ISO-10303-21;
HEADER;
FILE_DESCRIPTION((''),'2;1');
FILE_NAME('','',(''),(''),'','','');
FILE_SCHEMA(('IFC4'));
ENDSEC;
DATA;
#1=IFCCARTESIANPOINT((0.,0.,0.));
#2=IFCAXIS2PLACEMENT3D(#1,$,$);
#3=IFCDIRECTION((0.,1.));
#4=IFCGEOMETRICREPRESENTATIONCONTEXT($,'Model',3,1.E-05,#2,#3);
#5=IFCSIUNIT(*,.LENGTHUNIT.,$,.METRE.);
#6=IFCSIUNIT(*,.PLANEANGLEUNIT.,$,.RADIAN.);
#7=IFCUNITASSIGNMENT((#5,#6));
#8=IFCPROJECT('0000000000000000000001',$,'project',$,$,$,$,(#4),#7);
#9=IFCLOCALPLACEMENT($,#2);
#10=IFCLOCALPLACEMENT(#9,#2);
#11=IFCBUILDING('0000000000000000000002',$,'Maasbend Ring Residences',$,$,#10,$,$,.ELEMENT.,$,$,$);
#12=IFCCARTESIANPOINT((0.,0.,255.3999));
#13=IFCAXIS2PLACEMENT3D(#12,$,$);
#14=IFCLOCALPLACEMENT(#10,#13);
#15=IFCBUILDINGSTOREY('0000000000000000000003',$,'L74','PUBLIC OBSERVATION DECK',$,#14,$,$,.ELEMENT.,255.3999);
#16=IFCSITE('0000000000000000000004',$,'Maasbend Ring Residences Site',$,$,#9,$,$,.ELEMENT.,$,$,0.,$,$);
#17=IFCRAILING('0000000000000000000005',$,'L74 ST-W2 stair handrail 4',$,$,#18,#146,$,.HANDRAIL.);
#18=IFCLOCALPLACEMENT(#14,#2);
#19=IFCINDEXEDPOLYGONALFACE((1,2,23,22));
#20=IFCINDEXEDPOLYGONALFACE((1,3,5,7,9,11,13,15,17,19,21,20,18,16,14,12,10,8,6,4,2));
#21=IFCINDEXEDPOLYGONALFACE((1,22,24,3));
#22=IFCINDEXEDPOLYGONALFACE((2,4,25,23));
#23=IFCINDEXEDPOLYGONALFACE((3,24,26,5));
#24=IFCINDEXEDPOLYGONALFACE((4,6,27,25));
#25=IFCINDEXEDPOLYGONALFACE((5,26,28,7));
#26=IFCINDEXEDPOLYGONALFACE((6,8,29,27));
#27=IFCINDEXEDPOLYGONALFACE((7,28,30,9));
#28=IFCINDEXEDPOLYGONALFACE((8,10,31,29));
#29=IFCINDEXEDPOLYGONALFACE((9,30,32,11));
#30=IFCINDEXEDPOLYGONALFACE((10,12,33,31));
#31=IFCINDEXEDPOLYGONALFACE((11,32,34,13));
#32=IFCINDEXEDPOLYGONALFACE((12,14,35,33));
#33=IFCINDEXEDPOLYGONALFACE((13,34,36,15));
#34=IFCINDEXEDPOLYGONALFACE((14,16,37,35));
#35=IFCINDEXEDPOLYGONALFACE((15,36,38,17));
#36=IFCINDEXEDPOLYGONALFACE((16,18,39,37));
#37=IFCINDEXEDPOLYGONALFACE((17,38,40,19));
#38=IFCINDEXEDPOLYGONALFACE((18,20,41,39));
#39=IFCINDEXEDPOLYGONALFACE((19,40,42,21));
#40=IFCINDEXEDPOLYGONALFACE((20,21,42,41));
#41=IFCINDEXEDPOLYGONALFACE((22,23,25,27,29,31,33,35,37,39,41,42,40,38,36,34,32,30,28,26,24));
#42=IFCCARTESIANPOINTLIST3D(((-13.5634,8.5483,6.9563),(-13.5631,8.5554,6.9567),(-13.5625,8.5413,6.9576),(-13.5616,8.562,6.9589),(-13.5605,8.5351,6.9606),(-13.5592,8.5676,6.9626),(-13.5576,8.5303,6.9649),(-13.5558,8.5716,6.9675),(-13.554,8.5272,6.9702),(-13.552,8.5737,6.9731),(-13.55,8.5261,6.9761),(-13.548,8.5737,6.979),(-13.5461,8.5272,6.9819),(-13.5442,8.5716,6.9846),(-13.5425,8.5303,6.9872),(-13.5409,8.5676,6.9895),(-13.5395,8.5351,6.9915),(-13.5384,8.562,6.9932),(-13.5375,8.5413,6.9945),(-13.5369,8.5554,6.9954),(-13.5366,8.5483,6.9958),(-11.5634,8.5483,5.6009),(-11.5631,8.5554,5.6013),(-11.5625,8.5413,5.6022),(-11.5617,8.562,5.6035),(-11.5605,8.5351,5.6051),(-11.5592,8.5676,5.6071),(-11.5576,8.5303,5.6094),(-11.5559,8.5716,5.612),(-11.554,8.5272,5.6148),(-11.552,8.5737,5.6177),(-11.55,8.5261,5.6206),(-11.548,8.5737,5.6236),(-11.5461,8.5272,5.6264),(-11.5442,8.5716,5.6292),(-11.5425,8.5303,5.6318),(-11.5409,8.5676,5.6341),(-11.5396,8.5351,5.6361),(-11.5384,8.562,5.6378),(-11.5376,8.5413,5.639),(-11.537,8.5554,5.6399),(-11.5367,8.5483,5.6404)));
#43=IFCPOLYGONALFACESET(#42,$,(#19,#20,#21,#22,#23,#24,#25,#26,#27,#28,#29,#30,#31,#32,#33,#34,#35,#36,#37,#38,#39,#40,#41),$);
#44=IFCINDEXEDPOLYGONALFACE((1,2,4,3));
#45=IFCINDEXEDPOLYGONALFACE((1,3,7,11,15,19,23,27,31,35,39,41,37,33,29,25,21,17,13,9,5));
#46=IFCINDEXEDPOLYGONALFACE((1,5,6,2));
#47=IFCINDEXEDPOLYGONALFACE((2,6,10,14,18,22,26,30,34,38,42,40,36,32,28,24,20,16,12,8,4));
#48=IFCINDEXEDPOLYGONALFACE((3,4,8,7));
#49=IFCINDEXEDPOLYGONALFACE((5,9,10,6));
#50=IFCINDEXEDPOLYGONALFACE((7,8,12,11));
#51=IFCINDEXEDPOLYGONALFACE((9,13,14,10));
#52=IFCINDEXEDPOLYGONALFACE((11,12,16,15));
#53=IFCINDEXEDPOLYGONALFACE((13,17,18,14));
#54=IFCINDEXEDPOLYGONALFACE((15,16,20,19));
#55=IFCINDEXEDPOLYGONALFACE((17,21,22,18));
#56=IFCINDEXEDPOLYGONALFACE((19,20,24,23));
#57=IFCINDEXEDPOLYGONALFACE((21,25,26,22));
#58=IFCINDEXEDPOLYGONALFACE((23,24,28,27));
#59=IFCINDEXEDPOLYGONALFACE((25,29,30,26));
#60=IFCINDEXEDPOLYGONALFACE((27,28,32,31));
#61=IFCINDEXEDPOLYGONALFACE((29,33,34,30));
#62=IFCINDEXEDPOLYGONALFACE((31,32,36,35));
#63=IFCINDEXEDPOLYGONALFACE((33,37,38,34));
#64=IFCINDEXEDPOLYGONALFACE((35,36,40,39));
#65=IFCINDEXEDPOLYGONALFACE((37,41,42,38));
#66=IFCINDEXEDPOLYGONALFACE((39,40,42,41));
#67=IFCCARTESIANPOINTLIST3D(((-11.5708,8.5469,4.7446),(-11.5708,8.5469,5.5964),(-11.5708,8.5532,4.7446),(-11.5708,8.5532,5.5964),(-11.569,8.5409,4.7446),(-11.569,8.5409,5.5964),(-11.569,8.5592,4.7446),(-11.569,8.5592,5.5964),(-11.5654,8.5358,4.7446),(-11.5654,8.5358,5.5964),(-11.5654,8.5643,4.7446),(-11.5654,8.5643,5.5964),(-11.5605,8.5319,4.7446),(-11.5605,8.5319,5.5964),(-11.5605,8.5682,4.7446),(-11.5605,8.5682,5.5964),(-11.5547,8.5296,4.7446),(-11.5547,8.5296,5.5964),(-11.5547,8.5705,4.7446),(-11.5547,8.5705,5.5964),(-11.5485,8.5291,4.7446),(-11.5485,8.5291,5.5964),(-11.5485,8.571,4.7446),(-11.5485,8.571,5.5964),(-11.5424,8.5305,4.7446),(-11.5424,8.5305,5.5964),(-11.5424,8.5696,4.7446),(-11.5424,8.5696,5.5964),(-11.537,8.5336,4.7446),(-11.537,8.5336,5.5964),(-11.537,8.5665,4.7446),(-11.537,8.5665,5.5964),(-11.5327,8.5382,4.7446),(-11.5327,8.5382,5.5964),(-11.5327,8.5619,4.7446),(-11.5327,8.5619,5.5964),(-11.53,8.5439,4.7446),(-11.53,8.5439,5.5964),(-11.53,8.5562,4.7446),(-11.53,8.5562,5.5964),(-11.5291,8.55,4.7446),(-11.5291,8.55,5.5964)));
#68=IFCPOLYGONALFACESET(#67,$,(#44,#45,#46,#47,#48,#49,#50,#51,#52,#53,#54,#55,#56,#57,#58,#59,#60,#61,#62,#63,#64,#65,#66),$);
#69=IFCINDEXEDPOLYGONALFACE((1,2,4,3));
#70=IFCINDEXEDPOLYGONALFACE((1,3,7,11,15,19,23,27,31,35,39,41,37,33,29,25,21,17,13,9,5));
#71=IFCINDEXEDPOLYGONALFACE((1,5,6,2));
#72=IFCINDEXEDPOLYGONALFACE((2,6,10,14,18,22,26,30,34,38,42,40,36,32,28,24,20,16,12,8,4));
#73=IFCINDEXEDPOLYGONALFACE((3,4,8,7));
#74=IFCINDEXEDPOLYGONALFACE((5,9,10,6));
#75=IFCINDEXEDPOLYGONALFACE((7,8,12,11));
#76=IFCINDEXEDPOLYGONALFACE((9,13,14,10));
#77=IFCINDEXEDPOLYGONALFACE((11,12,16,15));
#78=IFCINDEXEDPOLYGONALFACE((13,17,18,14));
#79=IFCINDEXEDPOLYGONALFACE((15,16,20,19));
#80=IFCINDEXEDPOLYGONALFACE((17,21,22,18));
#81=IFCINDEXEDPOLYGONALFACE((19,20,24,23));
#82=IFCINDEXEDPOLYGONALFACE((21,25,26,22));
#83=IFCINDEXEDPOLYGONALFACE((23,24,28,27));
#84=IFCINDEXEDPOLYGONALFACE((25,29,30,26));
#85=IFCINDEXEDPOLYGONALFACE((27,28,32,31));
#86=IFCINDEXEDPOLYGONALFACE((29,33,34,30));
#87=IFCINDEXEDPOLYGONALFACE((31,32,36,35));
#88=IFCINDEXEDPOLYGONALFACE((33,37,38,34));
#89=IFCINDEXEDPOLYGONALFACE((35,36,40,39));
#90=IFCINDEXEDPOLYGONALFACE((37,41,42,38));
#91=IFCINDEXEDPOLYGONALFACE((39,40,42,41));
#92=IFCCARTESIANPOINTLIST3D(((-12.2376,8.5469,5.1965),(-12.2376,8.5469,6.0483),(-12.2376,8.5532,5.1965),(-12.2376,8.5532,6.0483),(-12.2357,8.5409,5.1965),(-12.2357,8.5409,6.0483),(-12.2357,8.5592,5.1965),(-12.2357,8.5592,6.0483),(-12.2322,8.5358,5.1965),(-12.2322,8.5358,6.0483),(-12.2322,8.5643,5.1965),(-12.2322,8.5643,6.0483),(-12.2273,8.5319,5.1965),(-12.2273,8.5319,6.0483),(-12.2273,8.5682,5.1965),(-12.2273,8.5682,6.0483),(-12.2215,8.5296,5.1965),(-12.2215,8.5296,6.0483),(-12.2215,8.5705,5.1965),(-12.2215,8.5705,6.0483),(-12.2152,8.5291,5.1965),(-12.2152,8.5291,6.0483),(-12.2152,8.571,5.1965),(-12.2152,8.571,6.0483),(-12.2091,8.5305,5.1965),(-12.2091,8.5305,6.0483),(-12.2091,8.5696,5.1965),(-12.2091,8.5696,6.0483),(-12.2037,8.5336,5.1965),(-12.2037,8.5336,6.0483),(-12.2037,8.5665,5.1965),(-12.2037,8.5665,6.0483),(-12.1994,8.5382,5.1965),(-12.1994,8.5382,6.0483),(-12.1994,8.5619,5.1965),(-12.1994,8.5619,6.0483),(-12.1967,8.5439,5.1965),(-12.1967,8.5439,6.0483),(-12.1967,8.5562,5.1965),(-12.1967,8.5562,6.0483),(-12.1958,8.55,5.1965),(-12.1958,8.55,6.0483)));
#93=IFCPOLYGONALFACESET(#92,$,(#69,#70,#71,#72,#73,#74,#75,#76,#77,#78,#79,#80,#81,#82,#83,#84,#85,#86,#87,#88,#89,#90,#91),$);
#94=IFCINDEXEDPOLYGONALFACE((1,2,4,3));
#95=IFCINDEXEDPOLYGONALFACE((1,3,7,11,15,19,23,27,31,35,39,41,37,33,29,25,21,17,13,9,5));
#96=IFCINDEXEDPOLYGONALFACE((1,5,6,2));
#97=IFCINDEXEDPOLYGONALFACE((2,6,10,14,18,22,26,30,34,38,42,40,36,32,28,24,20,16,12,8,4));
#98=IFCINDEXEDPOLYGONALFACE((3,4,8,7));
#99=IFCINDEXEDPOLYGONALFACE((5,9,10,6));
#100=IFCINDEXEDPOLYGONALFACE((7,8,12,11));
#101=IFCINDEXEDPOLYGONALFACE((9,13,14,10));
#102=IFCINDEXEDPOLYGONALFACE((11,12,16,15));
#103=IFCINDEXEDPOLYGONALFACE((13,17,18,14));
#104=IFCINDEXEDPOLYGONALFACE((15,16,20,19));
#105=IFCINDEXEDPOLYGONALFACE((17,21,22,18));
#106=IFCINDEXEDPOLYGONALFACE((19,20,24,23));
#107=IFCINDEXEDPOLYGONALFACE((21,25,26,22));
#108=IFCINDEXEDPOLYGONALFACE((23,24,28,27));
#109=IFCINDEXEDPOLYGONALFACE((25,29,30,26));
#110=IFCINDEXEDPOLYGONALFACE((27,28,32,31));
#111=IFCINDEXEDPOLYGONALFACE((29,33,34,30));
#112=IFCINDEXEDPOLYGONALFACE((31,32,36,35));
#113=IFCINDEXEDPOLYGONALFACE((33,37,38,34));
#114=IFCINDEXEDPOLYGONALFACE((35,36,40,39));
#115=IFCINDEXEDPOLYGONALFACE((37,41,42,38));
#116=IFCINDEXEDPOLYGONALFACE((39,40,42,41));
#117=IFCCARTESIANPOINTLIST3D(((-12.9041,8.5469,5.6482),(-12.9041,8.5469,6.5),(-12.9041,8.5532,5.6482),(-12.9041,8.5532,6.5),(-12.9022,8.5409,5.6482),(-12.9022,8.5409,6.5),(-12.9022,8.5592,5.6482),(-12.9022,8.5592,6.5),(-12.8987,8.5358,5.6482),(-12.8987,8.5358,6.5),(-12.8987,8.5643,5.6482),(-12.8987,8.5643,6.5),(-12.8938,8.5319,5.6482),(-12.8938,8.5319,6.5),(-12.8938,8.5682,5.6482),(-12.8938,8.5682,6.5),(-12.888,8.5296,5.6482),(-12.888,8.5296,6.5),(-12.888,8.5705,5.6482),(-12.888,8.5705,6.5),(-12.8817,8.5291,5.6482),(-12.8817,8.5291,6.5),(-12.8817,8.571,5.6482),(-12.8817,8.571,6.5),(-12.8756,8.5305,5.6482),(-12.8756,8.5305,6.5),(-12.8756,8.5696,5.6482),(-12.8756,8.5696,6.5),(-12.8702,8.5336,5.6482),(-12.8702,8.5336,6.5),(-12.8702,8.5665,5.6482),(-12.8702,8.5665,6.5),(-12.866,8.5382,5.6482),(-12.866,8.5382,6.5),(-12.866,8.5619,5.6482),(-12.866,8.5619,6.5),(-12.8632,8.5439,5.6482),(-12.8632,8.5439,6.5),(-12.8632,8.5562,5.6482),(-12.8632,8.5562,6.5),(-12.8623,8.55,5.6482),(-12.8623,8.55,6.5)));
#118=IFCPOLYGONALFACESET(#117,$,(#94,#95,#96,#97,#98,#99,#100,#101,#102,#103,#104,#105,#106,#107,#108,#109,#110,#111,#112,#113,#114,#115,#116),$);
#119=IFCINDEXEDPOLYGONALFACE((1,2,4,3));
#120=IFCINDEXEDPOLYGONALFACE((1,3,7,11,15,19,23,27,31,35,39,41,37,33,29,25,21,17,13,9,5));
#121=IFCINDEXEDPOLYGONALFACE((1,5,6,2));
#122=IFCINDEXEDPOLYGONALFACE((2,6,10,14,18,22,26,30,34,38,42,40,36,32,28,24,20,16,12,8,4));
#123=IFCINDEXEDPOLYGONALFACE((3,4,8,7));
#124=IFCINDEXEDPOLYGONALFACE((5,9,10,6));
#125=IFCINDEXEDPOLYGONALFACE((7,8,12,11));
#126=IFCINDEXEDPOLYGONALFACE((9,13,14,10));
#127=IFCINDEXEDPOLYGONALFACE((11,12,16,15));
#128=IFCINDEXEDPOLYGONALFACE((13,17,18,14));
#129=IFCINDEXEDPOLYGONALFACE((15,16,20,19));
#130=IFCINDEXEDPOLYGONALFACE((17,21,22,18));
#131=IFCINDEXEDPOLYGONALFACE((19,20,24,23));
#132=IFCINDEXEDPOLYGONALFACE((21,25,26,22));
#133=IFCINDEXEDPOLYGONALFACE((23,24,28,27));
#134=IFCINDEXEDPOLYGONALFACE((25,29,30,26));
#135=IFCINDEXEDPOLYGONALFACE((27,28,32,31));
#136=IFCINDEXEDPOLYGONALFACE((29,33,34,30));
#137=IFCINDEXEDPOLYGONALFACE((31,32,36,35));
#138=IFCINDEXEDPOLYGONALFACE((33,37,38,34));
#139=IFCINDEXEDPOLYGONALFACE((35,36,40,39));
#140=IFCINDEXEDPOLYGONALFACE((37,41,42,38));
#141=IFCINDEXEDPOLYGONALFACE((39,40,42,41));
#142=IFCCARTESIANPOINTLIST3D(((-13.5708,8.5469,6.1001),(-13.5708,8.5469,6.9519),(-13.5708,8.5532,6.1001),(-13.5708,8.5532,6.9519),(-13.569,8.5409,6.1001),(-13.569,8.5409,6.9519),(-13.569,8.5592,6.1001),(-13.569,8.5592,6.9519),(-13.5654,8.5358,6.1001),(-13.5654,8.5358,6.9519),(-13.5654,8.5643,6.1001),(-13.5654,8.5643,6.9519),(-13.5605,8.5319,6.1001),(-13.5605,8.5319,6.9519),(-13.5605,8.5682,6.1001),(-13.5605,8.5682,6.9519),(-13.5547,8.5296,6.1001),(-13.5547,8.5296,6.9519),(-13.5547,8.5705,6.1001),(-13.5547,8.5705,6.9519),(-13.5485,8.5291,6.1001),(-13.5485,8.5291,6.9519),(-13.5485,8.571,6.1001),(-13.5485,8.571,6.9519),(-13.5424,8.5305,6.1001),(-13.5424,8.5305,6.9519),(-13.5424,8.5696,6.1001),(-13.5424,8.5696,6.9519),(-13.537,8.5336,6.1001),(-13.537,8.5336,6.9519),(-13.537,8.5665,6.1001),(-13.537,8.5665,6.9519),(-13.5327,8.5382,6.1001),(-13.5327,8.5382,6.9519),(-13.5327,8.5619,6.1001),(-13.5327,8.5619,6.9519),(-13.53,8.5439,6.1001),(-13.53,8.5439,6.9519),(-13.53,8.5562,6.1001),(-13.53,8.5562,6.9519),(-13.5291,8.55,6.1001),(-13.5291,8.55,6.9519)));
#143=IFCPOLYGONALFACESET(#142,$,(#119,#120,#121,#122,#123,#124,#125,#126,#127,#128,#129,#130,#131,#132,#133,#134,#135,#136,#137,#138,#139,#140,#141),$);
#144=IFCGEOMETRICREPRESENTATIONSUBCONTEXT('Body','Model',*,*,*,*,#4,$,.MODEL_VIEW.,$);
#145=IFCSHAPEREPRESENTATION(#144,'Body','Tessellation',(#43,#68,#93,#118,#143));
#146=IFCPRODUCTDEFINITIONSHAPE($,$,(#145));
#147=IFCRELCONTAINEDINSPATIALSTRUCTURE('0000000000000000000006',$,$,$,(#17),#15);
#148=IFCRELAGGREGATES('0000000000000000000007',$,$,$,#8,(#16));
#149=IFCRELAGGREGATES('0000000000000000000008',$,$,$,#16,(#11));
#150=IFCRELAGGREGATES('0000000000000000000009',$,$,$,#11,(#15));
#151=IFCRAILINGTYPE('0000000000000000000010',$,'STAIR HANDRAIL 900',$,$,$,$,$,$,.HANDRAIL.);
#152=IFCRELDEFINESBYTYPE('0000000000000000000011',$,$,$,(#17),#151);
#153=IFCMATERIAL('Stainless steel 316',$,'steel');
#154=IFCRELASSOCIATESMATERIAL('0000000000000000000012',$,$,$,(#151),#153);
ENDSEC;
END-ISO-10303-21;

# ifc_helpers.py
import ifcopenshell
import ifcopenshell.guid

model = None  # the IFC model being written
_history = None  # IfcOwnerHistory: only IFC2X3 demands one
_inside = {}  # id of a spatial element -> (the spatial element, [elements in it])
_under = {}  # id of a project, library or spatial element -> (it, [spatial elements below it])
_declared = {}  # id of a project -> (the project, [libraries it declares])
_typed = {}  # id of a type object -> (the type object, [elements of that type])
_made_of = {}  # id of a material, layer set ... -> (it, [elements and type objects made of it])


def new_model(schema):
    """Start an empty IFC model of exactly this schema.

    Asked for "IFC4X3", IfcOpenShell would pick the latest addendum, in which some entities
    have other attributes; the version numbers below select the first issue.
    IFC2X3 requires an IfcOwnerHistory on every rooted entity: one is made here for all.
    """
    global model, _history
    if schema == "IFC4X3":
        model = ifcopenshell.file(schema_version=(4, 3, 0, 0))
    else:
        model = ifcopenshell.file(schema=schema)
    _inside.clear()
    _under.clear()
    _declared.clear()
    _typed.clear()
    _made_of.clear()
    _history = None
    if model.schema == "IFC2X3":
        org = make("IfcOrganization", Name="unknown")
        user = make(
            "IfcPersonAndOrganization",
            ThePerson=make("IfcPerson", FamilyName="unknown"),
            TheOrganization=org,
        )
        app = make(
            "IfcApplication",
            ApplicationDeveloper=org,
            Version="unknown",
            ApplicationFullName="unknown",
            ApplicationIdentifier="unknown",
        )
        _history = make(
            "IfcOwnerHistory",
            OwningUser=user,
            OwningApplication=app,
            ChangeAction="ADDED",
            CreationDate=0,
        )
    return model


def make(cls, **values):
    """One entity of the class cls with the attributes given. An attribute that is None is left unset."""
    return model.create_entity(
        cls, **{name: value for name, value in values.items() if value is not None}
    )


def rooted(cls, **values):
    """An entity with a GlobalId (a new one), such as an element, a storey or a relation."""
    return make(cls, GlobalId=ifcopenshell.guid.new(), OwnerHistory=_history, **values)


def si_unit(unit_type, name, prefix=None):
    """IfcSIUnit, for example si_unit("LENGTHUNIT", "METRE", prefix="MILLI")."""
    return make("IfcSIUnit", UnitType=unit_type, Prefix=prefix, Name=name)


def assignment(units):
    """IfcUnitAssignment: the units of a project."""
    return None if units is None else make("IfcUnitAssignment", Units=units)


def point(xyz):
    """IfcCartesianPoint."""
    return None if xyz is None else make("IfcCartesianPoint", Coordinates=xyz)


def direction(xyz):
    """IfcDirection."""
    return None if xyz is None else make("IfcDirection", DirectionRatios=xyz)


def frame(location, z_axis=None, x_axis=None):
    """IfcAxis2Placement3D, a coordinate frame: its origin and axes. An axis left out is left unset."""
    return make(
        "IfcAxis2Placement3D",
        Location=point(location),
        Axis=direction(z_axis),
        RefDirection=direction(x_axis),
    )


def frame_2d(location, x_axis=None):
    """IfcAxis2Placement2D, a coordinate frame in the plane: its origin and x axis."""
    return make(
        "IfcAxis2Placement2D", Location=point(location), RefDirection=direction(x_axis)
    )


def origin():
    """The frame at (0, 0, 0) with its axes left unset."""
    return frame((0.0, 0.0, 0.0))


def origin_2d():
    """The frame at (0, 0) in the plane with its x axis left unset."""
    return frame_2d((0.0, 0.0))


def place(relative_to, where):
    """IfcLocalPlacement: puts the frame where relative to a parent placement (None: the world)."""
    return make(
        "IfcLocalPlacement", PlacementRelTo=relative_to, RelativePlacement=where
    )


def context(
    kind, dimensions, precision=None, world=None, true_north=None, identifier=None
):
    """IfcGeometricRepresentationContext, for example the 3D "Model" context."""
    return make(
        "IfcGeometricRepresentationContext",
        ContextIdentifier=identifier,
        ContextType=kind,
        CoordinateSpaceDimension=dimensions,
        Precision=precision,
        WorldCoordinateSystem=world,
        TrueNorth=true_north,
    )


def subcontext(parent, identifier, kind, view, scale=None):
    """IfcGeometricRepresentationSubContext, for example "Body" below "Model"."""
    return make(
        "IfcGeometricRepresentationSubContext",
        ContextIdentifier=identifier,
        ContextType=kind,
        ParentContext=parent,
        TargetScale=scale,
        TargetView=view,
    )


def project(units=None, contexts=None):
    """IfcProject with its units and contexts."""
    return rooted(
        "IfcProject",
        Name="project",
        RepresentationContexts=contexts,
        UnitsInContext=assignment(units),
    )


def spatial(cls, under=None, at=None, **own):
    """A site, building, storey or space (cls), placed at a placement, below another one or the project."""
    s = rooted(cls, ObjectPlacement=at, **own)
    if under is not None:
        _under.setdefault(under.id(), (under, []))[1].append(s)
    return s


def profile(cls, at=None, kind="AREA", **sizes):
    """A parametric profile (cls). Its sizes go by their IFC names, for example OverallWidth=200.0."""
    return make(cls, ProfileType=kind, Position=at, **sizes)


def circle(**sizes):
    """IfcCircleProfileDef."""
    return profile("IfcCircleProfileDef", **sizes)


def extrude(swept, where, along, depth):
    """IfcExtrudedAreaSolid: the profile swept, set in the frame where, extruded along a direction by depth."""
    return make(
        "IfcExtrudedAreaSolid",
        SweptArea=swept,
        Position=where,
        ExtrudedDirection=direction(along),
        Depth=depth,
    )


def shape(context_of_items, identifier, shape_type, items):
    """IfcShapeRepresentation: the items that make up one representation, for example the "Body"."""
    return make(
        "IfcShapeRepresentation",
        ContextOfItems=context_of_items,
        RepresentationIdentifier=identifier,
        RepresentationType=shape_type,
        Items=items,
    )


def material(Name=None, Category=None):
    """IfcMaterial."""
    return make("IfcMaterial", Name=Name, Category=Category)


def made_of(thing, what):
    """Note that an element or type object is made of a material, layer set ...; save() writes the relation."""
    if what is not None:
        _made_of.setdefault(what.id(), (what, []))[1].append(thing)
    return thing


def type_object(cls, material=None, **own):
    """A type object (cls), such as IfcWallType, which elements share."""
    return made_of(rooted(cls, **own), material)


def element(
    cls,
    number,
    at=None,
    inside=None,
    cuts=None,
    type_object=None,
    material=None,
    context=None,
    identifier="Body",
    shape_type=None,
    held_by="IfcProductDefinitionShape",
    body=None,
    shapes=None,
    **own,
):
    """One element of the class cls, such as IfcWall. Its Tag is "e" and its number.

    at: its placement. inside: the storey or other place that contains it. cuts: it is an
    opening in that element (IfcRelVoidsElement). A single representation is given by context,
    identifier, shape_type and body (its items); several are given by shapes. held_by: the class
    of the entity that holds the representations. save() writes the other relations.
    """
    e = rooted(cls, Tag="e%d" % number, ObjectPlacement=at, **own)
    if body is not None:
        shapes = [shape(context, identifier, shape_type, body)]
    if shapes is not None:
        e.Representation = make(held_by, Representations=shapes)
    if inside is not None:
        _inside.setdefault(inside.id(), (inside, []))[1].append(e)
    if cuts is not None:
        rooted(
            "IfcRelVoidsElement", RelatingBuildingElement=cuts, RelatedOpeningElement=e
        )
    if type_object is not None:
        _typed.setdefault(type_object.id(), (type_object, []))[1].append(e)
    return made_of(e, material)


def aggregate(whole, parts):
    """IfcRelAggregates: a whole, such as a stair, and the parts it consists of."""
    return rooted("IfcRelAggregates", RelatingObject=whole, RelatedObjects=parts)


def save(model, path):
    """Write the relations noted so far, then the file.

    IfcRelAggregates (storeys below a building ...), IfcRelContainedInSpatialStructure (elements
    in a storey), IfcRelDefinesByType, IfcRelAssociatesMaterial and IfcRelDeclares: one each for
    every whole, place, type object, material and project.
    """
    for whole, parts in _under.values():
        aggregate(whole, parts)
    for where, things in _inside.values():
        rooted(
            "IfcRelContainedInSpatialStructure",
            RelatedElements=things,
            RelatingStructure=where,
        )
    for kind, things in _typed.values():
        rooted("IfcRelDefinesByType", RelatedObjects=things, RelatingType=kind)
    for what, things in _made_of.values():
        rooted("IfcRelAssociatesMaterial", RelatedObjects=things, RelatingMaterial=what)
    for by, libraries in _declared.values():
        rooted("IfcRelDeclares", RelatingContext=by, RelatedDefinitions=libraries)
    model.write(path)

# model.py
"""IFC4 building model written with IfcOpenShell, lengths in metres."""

from ifc_helpers import new_model, si_unit, direction, frame, origin, origin_2d, place, context, subcontext, project, spatial, circle, extrude, material, type_object, element, save


model = new_model("IFC4")

# Units and contexts
model_context = context("Model", 3, precision=1e-05, world=origin(), true_north=direction((0.0, 1.0)))
body_context = subcontext(model_context, "Body", "Model", "MODEL_VIEW")
ifc_project = project(units=[si_unit("LENGTHUNIT", "METRE"), si_unit("PLANEANGLEUNIT", "RADIAN")], contexts=[model_context])

# Site, building, storey
site_placement = place(None, origin())
site = spatial("IfcSite", under=ifc_project, at=site_placement, Name="Maasbend Ring Residences Site", CompositionType="ELEMENT", RefElevation=0.0)
building_placement = place(site_placement, origin())
building = spatial("IfcBuilding", under=site, at=building_placement, Name="Maasbend Ring Residences", CompositionType="ELEMENT")
storey_placement = place(building_placement, frame((0.0, 0.0, 255.3999)))
storey = spatial("IfcBuildingStorey", under=building, at=storey_placement, Name="L74", Description="PUBLIC OBSERVATION DECK", CompositionType="ELEMENT", Elevation=255.3999)

# Railing
ifc_material_1 = material(Name="Stainless steel 316", Category="steel")
railing_type_1 = type_object("IfcRailingType", Name="STAIR HANDRAIL 900", PredefinedType="HANDRAIL", material=ifc_material_1)
railing_1_placement = place(storey_placement, frame((-11.55, 8.55, 4.7446)))
element("IfcRailing", 1, at=railing_1_placement, inside=storey, type_object=railing_type_1, Name="L74 ST-W2 stair handrail 4", PredefinedType="HANDRAIL", context=body_context, shape_type="SweptSolid", body=[
    extrude(circle(Radius=0.0239, at=origin_2d()), frame((0.0, 0.0, 0.876), z_axis=(-0.827798, 0.0, 0.561027), x_axis=(0.0, -1.0, 0.0)), (0.0, 0.0, 1.0), 2.416),
    extrude(circle(Radius=0.021, at=origin_2d()), origin(), (0.0, 0.0, 1.0), 0.8518),
    extrude(circle(Radius=0.021, at=origin_2d()), frame((-0.6667, 0.0, 0.4519)), (0.0, 0.0, 1.0), 0.8518),
    extrude(circle(Radius=0.021, at=origin_2d()), frame((-1.3333, 0.0, 0.9036)), (0.0, 0.0, 1.0), 0.8518),
    extrude(circle(Radius=0.021, at=origin_2d()), frame((-2.0, 0.0, 1.3555)), (0.0, 0.0, 1.0), 0.8518),
])

save(model, "model.ifc")
